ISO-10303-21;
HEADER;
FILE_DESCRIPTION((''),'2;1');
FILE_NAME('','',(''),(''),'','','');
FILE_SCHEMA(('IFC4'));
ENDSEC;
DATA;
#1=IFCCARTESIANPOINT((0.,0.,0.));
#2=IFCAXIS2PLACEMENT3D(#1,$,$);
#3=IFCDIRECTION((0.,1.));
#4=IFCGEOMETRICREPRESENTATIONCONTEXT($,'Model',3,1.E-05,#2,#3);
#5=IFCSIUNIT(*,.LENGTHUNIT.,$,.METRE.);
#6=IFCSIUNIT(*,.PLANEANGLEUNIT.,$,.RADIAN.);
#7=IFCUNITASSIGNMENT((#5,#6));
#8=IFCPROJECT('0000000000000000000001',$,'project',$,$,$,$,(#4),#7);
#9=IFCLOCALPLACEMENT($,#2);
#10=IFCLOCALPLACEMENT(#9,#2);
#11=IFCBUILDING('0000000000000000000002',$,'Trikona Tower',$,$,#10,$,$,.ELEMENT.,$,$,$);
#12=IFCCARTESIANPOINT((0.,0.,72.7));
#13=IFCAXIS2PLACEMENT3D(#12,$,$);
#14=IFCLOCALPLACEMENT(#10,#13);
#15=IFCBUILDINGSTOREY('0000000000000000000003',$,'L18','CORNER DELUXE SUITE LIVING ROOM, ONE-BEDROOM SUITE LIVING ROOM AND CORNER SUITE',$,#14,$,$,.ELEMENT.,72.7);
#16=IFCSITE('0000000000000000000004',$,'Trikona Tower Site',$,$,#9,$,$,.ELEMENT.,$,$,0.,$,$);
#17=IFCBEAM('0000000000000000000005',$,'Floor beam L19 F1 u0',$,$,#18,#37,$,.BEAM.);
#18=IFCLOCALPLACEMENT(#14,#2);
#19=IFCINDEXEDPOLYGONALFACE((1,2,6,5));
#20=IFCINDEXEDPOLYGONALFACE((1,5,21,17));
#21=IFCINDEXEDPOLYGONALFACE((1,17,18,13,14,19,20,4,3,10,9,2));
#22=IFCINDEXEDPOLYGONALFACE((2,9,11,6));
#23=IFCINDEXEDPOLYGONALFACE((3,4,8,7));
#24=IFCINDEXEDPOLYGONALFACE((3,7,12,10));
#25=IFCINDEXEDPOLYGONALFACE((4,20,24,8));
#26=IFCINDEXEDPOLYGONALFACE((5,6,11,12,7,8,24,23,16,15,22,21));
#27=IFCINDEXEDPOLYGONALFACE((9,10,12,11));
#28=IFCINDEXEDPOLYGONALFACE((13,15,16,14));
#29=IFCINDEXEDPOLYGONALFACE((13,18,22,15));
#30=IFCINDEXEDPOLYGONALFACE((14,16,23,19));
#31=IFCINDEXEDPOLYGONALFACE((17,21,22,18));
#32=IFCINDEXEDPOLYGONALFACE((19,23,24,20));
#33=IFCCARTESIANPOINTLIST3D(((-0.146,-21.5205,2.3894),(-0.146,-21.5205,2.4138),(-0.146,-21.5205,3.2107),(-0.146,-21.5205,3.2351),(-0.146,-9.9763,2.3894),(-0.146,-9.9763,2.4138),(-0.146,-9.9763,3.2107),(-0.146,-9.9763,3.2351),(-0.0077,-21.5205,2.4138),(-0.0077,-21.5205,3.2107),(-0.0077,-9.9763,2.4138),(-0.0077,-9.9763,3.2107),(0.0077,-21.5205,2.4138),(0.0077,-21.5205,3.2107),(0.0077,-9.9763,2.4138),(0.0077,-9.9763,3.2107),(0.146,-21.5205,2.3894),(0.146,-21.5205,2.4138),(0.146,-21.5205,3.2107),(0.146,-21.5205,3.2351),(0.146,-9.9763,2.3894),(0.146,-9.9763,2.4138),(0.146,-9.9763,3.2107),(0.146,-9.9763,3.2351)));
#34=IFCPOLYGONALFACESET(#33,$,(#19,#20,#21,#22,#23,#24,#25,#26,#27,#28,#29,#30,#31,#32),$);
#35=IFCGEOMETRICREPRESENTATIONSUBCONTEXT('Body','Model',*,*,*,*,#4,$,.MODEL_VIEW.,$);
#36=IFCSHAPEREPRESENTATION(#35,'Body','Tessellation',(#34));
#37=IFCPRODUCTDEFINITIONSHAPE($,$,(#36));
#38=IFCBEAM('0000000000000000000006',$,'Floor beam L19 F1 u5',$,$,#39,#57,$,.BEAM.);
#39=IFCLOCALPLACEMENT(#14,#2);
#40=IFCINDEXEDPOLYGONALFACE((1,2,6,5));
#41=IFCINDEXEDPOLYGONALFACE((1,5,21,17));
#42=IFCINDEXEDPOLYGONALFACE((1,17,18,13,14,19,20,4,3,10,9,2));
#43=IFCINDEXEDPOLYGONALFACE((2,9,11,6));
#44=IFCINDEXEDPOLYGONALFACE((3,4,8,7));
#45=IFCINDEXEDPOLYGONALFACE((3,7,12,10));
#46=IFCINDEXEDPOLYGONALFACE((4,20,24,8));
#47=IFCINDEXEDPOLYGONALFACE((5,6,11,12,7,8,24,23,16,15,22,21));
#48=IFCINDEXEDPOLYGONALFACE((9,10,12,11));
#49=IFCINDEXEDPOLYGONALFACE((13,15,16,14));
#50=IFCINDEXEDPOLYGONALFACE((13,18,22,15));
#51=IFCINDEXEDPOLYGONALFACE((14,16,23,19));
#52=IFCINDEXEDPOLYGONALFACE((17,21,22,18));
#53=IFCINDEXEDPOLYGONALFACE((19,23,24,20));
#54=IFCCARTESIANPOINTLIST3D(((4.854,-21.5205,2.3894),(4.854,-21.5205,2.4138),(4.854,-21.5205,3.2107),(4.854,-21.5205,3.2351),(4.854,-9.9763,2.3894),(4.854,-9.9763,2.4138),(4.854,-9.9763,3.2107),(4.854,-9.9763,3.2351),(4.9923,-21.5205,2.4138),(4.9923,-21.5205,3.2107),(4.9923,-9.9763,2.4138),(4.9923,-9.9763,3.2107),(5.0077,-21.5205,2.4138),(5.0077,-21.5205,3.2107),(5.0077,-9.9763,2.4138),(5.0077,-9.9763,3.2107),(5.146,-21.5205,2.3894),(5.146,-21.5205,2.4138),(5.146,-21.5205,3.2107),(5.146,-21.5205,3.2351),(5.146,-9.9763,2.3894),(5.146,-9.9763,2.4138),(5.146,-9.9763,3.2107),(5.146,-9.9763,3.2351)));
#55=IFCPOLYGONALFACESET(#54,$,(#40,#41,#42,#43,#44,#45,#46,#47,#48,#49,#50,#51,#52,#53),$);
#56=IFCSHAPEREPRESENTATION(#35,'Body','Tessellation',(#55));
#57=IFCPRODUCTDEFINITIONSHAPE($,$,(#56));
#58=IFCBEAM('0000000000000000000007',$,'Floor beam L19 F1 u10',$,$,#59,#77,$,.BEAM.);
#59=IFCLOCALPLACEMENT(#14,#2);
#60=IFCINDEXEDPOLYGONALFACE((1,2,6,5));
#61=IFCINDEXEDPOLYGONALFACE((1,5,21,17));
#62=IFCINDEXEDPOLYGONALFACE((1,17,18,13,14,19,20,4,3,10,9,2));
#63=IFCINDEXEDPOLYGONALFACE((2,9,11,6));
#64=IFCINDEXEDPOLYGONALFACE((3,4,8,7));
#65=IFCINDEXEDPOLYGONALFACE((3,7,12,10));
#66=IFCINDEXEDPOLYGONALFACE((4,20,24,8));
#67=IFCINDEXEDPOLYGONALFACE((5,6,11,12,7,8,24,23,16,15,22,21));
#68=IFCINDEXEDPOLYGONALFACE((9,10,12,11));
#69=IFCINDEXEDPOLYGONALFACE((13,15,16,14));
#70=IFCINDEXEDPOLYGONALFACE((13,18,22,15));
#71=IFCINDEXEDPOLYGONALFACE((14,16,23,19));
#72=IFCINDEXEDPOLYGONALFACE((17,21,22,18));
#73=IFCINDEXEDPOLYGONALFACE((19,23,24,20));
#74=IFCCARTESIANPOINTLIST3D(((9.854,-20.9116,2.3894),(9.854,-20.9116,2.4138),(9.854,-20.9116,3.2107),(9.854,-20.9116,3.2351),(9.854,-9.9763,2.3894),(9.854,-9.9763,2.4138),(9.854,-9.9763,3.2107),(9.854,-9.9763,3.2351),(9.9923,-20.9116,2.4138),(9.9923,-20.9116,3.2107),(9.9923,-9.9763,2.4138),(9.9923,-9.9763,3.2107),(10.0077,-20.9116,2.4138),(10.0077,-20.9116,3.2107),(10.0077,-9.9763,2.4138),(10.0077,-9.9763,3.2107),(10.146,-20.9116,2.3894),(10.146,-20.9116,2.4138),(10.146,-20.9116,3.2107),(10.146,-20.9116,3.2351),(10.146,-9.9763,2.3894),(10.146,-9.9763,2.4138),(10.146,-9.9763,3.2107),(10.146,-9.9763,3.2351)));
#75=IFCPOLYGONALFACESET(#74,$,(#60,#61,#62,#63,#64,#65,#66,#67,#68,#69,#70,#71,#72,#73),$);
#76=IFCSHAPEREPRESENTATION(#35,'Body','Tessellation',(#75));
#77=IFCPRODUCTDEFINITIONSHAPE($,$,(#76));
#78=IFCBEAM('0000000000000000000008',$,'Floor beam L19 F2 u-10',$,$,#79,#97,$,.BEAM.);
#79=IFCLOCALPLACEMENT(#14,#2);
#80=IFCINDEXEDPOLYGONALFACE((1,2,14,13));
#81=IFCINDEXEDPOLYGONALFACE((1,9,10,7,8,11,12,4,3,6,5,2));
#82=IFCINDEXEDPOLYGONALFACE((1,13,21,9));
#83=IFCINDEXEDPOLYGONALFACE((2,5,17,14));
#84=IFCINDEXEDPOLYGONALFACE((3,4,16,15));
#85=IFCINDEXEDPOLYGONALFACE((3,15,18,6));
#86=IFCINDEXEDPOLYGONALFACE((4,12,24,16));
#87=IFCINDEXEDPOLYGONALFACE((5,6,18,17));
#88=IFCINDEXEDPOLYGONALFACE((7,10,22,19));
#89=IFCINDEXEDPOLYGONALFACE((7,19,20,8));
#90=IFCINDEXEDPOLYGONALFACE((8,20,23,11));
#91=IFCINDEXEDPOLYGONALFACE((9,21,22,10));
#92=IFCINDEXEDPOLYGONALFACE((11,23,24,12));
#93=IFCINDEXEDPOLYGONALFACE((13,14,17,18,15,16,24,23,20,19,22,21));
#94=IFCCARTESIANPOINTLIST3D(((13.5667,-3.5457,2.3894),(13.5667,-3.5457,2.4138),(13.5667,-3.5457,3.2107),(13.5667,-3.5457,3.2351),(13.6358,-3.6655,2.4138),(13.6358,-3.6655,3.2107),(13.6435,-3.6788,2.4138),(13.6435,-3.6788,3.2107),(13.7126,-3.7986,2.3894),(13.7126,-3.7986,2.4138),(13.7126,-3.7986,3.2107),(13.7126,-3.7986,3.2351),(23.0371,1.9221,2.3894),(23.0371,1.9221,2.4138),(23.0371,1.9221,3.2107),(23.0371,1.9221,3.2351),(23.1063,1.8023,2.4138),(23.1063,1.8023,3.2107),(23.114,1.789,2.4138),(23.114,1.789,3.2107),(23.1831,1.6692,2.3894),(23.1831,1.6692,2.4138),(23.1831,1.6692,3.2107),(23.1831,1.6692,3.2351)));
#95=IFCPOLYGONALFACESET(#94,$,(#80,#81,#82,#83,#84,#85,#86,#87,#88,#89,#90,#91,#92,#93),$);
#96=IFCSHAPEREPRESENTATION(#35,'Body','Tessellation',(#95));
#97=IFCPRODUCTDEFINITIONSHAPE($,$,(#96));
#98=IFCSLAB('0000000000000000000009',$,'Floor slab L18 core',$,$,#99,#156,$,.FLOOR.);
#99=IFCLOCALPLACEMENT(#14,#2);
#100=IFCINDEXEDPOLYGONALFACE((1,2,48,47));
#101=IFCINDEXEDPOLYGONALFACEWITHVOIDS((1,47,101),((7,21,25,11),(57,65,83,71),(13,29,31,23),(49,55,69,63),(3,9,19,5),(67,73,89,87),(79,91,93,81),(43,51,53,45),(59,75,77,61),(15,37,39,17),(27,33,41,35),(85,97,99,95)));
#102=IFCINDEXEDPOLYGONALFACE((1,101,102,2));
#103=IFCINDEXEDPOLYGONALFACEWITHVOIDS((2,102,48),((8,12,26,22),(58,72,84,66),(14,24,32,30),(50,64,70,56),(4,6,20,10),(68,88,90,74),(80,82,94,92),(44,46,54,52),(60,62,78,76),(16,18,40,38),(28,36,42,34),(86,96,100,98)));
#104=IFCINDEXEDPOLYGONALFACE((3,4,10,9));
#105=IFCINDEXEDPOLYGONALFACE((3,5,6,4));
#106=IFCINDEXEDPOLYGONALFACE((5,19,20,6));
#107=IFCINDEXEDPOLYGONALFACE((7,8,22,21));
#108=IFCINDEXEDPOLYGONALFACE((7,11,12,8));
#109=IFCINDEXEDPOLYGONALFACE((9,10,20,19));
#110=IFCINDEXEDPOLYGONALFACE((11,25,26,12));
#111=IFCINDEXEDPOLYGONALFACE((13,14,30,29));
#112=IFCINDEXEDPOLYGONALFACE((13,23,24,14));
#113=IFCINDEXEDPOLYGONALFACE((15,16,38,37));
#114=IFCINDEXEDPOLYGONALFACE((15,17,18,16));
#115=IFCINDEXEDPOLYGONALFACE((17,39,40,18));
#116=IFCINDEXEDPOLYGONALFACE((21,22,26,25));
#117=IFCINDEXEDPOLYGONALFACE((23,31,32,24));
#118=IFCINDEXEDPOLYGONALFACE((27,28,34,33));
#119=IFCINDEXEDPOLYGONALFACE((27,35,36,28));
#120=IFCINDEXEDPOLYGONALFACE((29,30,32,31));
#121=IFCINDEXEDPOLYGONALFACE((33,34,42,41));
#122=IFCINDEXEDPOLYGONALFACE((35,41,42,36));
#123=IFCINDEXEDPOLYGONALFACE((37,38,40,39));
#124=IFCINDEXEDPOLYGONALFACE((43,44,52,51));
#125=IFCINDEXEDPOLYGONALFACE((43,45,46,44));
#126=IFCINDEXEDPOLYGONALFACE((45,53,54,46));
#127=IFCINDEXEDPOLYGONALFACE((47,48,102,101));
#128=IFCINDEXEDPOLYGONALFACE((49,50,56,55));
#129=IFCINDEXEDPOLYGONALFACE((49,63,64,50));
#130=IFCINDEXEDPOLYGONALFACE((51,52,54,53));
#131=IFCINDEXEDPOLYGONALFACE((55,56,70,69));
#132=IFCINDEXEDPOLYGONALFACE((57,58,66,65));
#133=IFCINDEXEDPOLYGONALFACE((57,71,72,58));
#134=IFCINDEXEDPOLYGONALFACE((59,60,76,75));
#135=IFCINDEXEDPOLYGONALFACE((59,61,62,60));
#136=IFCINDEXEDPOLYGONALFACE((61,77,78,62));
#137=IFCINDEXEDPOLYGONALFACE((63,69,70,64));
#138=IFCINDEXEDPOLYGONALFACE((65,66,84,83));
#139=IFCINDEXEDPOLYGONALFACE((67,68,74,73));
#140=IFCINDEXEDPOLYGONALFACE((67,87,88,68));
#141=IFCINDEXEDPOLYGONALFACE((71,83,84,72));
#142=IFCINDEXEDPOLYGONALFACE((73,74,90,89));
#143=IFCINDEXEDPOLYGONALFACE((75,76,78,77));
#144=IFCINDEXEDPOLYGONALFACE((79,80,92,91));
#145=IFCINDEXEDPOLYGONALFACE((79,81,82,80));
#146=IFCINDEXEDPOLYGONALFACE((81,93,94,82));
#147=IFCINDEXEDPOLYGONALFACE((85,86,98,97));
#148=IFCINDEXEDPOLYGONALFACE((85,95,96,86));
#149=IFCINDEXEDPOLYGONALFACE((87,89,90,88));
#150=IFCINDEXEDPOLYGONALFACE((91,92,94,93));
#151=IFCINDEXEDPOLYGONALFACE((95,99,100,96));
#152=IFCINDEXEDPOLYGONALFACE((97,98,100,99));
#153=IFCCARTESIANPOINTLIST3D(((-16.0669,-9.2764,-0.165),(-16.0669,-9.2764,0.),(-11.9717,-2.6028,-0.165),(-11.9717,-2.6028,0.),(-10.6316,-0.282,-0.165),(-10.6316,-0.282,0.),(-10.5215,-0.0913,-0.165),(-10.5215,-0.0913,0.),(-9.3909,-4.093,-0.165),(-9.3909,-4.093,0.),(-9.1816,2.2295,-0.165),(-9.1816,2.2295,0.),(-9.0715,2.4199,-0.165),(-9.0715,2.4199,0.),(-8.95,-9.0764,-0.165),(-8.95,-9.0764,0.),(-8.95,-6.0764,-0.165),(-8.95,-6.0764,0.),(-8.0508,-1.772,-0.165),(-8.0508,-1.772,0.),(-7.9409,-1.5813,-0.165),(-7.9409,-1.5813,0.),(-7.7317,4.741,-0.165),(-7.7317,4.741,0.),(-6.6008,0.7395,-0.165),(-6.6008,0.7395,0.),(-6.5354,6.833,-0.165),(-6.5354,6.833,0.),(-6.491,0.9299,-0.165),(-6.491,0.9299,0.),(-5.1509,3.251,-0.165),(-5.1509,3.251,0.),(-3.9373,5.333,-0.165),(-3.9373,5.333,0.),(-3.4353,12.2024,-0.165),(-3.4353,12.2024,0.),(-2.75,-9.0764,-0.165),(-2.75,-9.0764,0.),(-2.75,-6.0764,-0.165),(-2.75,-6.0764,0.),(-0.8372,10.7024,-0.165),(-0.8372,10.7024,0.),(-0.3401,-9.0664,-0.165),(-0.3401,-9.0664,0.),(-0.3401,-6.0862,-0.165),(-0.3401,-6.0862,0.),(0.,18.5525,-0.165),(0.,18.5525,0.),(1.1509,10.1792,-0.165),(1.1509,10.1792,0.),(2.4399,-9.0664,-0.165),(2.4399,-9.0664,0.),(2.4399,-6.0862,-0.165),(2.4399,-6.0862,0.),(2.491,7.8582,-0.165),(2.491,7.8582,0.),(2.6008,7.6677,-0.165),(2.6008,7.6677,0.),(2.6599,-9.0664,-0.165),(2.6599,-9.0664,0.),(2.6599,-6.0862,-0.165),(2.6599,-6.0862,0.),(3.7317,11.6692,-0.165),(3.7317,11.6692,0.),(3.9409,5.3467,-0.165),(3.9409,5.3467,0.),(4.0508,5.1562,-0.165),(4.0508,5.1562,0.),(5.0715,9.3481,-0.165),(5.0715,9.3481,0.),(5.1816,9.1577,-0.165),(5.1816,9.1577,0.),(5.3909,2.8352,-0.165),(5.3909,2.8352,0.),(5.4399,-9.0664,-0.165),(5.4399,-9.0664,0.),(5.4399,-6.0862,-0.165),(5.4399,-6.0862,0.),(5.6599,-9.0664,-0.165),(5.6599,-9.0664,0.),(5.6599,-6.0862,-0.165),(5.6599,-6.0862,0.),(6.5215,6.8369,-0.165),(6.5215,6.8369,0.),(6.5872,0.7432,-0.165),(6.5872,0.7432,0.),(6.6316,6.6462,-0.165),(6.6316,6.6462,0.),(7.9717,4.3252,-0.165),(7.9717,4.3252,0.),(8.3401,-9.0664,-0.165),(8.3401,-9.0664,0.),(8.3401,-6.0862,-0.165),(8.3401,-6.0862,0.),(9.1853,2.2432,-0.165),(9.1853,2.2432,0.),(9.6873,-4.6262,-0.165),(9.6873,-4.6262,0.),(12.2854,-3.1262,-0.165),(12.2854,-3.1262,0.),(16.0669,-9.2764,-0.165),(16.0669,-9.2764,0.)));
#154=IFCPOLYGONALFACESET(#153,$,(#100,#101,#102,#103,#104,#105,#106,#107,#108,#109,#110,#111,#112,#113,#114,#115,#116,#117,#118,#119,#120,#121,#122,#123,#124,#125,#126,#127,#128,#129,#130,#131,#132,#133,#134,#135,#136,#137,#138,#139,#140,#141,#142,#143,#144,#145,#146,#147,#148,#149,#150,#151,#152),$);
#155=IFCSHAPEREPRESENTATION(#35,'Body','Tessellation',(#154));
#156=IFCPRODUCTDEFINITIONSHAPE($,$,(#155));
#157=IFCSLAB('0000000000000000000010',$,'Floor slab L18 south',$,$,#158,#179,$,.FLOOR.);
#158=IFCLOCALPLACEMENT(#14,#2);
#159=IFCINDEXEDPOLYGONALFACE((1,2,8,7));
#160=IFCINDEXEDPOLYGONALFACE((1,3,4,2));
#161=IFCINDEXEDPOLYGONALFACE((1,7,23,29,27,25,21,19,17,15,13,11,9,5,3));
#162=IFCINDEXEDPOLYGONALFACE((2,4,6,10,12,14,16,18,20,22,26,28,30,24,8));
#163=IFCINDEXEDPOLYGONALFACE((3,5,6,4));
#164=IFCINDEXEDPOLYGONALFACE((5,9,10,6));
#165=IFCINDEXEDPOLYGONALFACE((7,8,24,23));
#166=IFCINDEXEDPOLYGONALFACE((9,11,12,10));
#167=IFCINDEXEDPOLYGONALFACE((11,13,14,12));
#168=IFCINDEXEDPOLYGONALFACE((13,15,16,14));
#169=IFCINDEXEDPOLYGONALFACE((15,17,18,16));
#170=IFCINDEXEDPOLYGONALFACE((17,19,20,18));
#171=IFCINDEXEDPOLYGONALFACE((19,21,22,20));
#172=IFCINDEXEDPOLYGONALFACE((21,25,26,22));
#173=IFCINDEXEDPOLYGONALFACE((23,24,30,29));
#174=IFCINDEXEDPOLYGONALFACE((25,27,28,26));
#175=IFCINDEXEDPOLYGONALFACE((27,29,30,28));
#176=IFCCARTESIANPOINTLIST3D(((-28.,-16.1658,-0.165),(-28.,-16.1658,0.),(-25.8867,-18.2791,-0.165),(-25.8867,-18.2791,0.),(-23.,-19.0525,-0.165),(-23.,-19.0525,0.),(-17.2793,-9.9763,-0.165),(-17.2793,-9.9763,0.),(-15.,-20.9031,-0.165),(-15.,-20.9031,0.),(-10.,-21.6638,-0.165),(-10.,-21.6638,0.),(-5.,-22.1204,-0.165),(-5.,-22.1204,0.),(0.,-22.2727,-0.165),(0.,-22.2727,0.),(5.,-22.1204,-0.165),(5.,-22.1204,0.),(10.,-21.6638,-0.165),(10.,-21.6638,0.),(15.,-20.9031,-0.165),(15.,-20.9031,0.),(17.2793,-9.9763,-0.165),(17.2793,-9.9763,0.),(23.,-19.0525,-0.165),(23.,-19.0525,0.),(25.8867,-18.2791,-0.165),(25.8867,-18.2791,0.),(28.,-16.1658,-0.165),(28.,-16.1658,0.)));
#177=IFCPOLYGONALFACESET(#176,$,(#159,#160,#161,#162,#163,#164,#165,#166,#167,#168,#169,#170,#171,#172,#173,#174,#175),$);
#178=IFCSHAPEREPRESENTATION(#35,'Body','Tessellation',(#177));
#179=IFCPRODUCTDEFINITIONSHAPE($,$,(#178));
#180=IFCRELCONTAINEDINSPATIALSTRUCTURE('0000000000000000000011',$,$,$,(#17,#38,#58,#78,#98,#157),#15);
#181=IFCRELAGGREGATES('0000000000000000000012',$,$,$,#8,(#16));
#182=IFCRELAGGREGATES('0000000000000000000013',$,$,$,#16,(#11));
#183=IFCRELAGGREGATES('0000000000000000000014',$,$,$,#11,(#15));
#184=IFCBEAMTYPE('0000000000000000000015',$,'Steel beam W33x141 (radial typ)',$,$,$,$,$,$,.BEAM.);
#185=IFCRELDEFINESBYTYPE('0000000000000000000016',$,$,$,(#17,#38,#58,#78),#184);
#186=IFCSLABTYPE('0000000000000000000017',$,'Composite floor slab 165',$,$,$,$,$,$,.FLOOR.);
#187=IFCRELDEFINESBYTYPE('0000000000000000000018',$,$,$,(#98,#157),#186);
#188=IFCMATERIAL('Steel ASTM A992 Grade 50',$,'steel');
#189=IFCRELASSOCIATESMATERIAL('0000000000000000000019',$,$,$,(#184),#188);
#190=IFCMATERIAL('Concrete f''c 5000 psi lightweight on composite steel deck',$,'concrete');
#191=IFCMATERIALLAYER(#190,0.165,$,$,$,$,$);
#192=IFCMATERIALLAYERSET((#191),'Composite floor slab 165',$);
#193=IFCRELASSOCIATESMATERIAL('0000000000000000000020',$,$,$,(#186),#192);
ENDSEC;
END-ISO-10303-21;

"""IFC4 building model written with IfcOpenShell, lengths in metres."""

from ifc_helpers import new_model, si_unit, direction, frame, origin, origin_2d, place, context, subcontext, project, spatial, polyline, i_section, outline, extrude, material, layer, layer_set, material_profile, profile_set, type_object, element, save


model = new_model("IFC4")

# Units and contexts
model_context = context("Model", 3, precision=1e-05, world=origin(), true_north=direction((0.0, 1.0)))
body_context = subcontext(model_context, "Body", "Model", "MODEL_VIEW")
ifc_project = project(units=[si_unit("LENGTHUNIT", "METRE"), si_unit("PLANEANGLEUNIT", "RADIAN")], contexts=[model_context])

# Site, building, storey
site_placement = place(None, origin())
site = spatial("IfcSite", under=ifc_project, at=site_placement, Name="Trikona Tower Site", CompositionType="ELEMENT", RefElevation=0.0)
building_placement = place(site_placement, origin())
building = spatial("IfcBuilding", under=site, at=building_placement, Name="Trikona Tower", CompositionType="ELEMENT")
storey_placement = place(building_placement, frame((0.0, 0.0, 72.7)))
storey = spatial("IfcBuildingStorey", under=building, at=storey_placement, Name="L18", Description="CORNER DELUXE SUITE LIVING ROOM, ONE-BEDROOM SUITE LIVING ROOM AND CORNER SUITE", CompositionType="ELEMENT", Elevation=72.7)

# Beams
ifc_material_1 = material(Name="Steel ASTM A992 Grade 50", Category="steel")
ifc_material_profile = material_profile(ifc_material_1, i_section(OverallWidth=0.292, OverallDepth=0.8457, WebThickness=0.0154, FlangeThickness=0.0244, at=origin_2d()), Name="W33X141")
ifc_profile_set = profile_set([ifc_material_profile], Name="Steel ASTM A992 Grade 50")
beam_type = type_object("IfcBeamType", Name="Steel beam W33x141 (radial typ)", PredefinedType="BEAM", material=ifc_profile_set)
for number, where, z_axis, x_axis, name in (
    (1, (0.0, -9.9763, 2.8123), (0.0, -1.0, 0.0), (1.0, 0.0, 0.0), "Floor beam L19 F1 u0"),
    (2, (5.0, -9.9763, 2.8123), (0.0, -1.0, 0.0), (1.0, 0.0, 0.0), "Floor beam L19 F1 u5"),
):
    element("IfcBeam", number, at=place(storey_placement, frame(where, z_axis=z_axis, x_axis=x_axis)), inside=storey, type_object=beam_type, Name=name, PredefinedType="BEAM", context=body_context, shape_type="SweptSolid", body=[
        extrude(i_section(OverallWidth=0.292, OverallDepth=0.8457, WebThickness=0.0154, FlangeThickness=0.0244, at=origin_2d()), origin(), (0.0, 0.0, 1.0), 11.5442),
    ])
beam_1_placement = place(storey_placement, frame((10.0, -9.9763, 2.8123), z_axis=(0.0, -1.0, 0.0), x_axis=(1.0, 0.0, 0.0)))
element("IfcBeam", 3, at=beam_1_placement, inside=storey, type_object=beam_type, Name="Floor beam L19 F1 u10", PredefinedType="BEAM", context=body_context, shape_type="SweptSolid", body=[
    extrude(i_section(OverallWidth=0.292, OverallDepth=0.8457, WebThickness=0.0154, FlangeThickness=0.0244, at=origin_2d()), origin(), (0.0, 0.0, 1.0), 10.9353),
])
beam_2_placement = place(storey_placement, frame((13.6396, -3.6721, 2.8123), z_axis=(0.866025, 0.5, 0.0), x_axis=(-0.5, 0.866025, 0.0)))
element("IfcBeam", 4, at=beam_2_placement, inside=storey, type_object=beam_type, Name="Floor beam L19 F2 u-10", PredefinedType="BEAM", context=body_context, shape_type="SweptSolid", body=[
    extrude(i_section(OverallWidth=0.292, OverallDepth=0.8457, WebThickness=0.0154, FlangeThickness=0.0244, at=origin_2d()), origin(), (0.0, 0.0, 1.0), 10.9355),
])

# Slabs
ifc_material_2 = material(Name="Concrete f'c 5000 psi lightweight on composite steel deck", Category="concrete")
ifc_layer_1 = layer(ifc_material_2, 0.165)
ifc_layer_set_1 = layer_set([ifc_layer_1], Name="Composite floor slab 165")
slab_type = type_object("IfcSlabType", Name="Composite floor slab 165", PredefinedType="FLOOR", material=ifc_layer_set_1)
slab_1_placement = place(storey_placement, frame((0.0, 0.0, -0.165)))
element("IfcSlab", 5, at=slab_1_placement, inside=storey, type_object=slab_type, Name="Floor slab L18 core", PredefinedType="FLOOR", context=body_context, shape_type="SweptSolid", body=[
    extrude(outline(polyline([(-16.0669, -9.2764), (16.0669, -9.2764), (0.0, 18.5525), (-16.0669, -9.2764)]), holes=[polyline([(12.2854, -3.1262), (9.1853, 2.2432), (6.5872, 0.7432), (9.6873, -4.6262), (12.2854, -3.1262)]), polyline([(8.3401, -9.0664), (8.3401, -6.0862), (5.6599, -6.0862), (5.6599, -9.0664), (8.3401, -9.0664)]), polyline([(5.3909, 2.8352), (7.9717, 4.3252), (6.6316, 6.6462), (4.0508, 5.1562), (5.3909, 2.8352)]), polyline([(2.6008, 7.6677), (3.9409, 5.3467), (6.5215, 6.8369), (5.1816, 9.1577), (2.6008, 7.6677)]), polyline([(5.4399, -6.0862), (2.6599, -6.0862), (2.6599, -9.0664), (5.4399, -9.0664), (5.4399, -6.0862)]), polyline([(3.7317, 11.6692), (1.1509, 10.1792), (2.491, 7.8582), (5.0715, 9.3481), (3.7317, 11.6692)]), polyline([(-0.3401, -6.0862), (-0.3401, -9.0664), (2.4399, -9.0664), (2.4399, -6.0862), (-0.3401, -6.0862)]), polyline([(-3.4353, 12.2024), (-6.5354, 6.833), (-3.9373, 5.333), (-0.8372, 10.7024), (-3.4353, 12.2024)]), polyline([(-8.95, -9.0764), (-2.75, -9.0764), (-2.75, -6.0764), (-8.95, -6.0764), (-8.95, -9.0764)]), polyline([(-5.1509, 3.251), (-7.7317, 4.741), (-9.0715, 2.4199), (-6.491, 0.9299), (-5.1509, 3.251)]), polyline([(-7.9409, -1.5813), (-6.6008, 0.7395), (-9.1816, 2.2295), (-10.5215, -0.0913), (-7.9409, -1.5813)]), polyline([(-11.9717, -2.6028), (-9.3909, -4.093), (-8.0508, -1.772), (-10.6316, -0.282), (-11.9717, -2.6028)])]), origin(), (0.0, 0.0, 1.0), 0.165),
])
slab_2_placement = place(storey_placement, frame((0.0, 0.0, -0.165)))
element("IfcSlab", 6, at=slab_2_placement, inside=storey, type_object=slab_type, Name="Floor slab L18 south", PredefinedType="FLOOR", context=body_context, shape_type="SweptSolid", body=[
    extrude(outline(polyline([(25.8867, -18.2791), (28.0, -16.1658), (17.2793, -9.9763), (-17.2793, -9.9763), (-28.0, -16.1658), (-25.8867, -18.2791), (-23.0, -19.0525), (-15.0, -20.9031), (-10.0, -21.6638), (-5.0, -22.1204), (0.0, -22.2727), (5.0, -22.1204), (10.0, -21.6638), (15.0, -20.9031), (23.0, -19.0525), (25.8867, -18.2791)])), origin(), (0.0, 0.0, 1.0), 0.165),
])

save(model, "model.ifc")
